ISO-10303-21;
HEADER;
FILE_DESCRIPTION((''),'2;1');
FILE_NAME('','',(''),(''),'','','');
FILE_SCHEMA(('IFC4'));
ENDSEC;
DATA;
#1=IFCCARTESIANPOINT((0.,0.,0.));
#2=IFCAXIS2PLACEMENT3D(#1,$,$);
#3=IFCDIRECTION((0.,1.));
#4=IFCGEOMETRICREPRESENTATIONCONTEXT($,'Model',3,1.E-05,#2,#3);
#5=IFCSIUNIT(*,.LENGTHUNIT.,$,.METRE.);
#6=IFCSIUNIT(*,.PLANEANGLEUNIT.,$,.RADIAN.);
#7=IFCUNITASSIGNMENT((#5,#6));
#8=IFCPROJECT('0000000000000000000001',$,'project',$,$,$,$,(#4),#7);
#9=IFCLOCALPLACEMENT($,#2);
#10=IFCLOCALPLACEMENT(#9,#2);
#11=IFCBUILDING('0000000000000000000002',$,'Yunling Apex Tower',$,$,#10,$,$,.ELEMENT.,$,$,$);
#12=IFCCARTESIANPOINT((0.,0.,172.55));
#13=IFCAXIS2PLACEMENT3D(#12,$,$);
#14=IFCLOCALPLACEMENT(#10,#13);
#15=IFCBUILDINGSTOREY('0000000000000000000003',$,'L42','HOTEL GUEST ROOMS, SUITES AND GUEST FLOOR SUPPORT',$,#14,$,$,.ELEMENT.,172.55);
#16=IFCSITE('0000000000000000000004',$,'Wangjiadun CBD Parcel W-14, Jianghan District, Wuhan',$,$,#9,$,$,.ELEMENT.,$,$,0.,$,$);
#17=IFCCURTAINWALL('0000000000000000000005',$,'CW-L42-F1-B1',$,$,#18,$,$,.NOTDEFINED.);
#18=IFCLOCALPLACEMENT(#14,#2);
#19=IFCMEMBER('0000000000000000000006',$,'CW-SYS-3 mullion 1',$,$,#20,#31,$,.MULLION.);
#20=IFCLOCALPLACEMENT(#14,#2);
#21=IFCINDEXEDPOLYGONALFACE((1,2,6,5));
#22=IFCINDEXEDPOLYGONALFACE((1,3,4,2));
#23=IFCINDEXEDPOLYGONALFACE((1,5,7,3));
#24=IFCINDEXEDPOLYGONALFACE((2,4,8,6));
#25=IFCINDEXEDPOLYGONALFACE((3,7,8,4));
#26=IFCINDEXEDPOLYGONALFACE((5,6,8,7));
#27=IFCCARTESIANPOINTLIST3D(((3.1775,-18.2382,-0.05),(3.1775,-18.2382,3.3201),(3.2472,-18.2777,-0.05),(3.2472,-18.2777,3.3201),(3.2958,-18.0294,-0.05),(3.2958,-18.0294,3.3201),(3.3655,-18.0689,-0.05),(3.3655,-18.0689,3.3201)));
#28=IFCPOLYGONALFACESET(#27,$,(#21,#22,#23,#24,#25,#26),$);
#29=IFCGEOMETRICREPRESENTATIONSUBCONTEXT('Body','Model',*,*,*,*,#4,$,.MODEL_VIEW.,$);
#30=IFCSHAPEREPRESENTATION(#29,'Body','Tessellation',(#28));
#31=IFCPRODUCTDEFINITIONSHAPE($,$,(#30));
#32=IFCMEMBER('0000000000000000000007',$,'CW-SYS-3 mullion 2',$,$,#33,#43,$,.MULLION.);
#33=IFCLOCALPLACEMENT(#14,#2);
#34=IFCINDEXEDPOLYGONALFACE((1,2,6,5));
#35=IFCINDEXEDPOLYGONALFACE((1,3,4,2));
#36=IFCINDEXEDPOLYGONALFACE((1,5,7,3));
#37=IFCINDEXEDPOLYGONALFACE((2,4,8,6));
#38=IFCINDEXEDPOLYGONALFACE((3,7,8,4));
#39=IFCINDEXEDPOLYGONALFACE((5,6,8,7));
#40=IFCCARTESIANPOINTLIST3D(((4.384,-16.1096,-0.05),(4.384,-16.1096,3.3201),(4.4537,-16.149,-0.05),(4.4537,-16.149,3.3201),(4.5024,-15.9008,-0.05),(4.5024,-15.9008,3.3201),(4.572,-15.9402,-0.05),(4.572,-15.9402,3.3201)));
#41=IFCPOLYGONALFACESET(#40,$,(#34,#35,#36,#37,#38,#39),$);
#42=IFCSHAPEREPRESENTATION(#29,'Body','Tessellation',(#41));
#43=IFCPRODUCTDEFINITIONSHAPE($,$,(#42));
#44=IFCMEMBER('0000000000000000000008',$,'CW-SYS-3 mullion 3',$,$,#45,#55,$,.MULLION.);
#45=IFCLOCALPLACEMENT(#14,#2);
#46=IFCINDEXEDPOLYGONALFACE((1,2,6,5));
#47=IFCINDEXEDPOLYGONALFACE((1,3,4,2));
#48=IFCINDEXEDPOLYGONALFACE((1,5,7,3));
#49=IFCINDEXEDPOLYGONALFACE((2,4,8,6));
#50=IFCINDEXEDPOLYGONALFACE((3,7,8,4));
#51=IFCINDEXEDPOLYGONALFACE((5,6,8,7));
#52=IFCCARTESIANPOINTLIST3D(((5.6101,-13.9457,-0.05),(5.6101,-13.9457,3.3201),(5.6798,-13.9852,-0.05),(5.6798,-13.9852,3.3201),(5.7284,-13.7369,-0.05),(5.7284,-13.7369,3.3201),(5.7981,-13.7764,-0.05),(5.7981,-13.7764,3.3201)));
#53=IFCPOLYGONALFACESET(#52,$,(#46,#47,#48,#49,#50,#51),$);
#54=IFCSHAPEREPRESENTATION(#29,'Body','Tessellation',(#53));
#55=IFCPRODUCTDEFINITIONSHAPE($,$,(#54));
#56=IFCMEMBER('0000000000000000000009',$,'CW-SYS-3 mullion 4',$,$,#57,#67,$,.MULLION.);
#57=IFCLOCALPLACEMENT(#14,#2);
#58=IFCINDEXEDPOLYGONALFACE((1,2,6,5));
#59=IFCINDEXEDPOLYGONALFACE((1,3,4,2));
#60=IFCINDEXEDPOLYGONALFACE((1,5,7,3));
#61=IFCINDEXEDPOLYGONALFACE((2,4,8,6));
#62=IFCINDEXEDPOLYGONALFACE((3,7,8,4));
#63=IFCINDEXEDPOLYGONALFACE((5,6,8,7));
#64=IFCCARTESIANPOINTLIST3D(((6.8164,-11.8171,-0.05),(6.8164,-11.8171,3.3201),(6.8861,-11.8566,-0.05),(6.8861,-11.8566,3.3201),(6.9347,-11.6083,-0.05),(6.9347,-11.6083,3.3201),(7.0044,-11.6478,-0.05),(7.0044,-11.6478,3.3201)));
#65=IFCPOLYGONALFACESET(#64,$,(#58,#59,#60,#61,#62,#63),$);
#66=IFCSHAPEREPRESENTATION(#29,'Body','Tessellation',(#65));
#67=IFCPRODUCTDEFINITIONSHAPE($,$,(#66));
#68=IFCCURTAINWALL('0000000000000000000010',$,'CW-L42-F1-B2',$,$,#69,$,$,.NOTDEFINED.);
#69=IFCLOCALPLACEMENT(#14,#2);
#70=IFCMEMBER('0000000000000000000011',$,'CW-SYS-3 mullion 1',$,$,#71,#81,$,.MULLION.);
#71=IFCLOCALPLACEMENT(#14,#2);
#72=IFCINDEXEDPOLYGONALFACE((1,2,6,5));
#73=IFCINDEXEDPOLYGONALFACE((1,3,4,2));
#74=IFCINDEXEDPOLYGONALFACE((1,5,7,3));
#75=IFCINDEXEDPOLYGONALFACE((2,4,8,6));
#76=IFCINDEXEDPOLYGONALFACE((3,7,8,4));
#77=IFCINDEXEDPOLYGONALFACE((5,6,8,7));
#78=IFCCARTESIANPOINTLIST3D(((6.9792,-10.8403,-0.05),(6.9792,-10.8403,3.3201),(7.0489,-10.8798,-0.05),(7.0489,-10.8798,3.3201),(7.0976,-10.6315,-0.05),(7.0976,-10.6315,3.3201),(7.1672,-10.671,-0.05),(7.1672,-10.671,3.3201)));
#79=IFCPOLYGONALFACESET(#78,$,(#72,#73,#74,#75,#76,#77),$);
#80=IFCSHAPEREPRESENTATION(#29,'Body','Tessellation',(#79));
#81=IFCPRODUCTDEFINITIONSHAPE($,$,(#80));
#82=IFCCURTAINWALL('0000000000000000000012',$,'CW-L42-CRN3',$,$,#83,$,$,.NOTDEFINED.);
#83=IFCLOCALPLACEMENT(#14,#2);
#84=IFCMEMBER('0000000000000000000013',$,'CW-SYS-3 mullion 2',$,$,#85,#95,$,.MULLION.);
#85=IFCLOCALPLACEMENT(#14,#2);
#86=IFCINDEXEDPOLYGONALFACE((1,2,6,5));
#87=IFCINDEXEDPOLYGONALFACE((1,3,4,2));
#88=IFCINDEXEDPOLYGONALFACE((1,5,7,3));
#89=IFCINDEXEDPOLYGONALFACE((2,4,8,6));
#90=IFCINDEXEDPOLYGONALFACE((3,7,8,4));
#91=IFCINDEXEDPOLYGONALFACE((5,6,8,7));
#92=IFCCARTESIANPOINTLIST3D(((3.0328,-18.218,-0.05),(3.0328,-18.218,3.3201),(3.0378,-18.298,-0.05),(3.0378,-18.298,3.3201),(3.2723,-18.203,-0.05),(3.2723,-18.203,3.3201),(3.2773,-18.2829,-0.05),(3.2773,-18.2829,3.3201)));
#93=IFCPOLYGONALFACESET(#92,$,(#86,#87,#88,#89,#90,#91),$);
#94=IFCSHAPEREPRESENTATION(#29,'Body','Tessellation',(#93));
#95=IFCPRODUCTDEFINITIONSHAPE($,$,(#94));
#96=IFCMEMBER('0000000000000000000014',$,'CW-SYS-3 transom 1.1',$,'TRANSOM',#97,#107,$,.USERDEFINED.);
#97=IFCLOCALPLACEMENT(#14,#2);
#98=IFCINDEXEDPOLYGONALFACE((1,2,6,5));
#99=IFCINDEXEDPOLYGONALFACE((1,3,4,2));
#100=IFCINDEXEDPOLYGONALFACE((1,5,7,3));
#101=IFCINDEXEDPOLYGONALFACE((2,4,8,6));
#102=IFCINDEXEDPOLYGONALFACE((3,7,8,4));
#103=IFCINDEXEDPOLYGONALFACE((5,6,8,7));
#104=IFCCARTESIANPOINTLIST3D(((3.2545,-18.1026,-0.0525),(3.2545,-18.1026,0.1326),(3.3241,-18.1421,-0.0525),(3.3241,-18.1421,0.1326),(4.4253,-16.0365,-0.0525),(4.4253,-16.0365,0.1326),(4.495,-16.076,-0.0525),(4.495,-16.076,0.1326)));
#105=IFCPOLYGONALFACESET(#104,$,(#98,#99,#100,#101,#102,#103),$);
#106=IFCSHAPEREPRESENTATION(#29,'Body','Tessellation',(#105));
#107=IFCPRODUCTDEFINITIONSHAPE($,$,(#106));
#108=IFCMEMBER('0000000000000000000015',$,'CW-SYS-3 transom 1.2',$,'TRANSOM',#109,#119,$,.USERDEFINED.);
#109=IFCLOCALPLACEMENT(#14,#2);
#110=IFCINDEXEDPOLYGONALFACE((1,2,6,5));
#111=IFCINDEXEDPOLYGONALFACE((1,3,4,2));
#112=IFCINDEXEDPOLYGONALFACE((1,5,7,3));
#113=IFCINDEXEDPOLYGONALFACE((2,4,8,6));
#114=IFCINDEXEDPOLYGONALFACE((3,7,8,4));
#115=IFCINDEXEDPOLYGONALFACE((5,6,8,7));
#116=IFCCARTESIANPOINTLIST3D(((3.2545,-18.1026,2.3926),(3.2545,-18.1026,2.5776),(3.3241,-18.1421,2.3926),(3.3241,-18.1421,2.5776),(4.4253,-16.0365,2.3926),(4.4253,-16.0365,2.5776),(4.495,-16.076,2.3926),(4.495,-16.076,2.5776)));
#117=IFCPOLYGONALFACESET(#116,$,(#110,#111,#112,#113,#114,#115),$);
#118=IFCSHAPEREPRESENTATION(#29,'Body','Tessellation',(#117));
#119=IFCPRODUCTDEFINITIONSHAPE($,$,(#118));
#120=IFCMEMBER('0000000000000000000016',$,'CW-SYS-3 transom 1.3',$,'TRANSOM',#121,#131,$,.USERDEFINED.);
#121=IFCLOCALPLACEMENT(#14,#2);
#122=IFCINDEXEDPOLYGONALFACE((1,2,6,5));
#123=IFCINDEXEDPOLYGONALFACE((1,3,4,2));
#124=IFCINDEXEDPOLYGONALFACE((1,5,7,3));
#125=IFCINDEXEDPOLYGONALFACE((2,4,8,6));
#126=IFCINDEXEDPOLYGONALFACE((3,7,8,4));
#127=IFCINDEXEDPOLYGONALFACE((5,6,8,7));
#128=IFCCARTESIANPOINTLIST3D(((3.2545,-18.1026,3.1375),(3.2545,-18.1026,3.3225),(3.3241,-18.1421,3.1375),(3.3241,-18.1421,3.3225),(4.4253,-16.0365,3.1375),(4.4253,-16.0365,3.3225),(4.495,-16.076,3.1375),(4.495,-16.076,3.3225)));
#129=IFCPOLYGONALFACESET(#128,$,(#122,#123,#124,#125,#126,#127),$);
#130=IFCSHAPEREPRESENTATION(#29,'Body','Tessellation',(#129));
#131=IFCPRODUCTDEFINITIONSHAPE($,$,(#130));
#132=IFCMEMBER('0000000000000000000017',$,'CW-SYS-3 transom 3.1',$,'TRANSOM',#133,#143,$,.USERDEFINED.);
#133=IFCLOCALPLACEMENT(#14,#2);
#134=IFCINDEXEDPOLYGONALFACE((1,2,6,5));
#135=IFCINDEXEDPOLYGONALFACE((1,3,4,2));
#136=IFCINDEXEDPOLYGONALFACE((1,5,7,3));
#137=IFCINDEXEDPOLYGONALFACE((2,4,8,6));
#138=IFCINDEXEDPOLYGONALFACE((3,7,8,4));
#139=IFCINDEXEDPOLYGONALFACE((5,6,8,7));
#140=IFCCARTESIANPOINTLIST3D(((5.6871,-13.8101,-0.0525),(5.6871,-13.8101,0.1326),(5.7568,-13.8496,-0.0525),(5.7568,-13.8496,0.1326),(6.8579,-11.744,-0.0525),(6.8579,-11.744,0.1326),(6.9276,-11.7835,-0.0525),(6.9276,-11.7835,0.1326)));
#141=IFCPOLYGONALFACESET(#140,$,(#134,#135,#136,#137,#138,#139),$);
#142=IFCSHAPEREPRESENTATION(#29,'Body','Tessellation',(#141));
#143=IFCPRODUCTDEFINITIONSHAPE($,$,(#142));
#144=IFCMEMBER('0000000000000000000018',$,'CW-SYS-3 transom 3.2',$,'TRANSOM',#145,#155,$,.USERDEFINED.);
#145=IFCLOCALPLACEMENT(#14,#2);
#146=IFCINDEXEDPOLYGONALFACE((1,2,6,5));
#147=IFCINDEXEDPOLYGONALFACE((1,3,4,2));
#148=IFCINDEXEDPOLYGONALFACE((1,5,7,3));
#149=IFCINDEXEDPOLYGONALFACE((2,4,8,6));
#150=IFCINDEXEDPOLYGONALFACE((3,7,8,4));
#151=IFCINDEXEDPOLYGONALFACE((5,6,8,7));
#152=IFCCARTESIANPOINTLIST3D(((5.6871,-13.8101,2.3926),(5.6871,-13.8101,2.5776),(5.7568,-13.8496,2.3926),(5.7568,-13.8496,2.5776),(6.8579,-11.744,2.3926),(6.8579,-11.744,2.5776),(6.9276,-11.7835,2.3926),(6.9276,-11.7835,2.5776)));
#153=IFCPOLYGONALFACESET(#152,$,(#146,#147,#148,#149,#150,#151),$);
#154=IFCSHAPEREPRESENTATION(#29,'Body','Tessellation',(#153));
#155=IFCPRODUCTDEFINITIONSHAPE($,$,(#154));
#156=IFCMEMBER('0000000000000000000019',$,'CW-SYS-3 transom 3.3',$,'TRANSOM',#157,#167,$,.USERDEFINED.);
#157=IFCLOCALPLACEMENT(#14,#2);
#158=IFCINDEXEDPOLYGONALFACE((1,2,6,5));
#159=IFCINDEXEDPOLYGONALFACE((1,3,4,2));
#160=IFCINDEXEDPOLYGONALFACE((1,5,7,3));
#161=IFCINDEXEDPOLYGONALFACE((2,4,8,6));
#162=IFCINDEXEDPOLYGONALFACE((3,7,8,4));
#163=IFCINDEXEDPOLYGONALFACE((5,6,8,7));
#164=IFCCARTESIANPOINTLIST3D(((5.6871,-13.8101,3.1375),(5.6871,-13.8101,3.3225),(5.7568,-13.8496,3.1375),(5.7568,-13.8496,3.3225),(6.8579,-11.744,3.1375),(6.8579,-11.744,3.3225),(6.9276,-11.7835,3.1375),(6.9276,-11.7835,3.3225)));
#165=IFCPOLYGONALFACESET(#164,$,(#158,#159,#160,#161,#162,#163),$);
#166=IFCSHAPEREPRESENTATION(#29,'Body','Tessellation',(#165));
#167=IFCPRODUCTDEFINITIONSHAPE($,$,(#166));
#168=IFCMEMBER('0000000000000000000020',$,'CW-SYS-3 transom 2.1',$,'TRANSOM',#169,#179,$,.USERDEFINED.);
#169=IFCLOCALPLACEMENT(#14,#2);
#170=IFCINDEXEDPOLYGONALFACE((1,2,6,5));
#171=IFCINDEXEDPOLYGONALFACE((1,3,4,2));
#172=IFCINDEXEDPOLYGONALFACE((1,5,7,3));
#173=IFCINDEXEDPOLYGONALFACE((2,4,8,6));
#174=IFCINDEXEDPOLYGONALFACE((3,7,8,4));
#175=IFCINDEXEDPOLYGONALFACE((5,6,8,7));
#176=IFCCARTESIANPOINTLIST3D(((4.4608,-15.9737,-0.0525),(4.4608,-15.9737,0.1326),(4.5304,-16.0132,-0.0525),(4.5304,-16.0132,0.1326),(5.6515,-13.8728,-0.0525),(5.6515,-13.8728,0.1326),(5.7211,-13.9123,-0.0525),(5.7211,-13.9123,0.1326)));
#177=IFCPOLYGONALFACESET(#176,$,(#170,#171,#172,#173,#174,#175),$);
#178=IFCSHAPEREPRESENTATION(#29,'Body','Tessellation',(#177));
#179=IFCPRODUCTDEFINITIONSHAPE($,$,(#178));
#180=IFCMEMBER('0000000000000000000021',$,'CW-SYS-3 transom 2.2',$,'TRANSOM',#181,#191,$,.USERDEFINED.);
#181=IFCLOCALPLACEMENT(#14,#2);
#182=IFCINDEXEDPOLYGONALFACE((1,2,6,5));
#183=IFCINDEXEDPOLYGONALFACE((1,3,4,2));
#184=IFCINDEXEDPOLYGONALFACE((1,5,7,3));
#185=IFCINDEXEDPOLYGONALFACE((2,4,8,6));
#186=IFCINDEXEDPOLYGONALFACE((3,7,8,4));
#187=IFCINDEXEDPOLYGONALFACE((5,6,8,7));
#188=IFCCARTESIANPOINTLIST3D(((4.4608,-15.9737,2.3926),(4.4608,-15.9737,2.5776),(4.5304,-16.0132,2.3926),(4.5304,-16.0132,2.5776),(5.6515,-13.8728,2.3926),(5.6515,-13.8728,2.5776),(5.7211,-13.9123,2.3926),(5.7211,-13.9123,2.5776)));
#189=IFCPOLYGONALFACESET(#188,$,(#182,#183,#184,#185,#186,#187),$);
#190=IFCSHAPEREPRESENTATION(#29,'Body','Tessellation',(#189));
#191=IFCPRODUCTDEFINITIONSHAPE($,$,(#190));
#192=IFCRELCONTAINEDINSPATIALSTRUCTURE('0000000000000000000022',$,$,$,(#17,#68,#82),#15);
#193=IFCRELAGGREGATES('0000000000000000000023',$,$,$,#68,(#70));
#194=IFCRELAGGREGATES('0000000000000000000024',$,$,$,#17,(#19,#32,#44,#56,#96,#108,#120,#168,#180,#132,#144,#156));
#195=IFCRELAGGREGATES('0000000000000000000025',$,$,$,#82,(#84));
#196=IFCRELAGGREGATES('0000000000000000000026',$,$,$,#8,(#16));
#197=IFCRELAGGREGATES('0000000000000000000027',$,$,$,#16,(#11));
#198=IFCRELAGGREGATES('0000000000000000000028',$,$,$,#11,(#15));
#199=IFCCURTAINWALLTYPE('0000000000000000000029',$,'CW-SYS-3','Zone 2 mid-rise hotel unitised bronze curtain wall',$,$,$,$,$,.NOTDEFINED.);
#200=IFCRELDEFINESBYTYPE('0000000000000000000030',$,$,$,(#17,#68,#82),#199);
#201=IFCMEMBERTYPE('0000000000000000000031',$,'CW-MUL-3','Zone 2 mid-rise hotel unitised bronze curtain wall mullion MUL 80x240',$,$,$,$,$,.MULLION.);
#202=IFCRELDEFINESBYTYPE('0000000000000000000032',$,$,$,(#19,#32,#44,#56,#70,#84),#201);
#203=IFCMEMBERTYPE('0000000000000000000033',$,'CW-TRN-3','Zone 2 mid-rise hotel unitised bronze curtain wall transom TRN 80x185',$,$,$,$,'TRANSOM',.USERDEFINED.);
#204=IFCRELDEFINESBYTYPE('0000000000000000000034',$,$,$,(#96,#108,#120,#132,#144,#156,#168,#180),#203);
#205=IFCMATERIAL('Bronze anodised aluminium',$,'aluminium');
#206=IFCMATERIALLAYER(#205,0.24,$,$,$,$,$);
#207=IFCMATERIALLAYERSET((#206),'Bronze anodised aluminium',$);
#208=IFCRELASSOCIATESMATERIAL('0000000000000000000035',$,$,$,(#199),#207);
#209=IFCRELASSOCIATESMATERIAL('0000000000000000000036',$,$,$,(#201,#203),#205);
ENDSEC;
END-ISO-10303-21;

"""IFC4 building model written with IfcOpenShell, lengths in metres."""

from ifc_helpers import new_model, si_unit, direction, frame, origin, origin_2d, place, context, subcontext, project, spatial, rectangle, extrude, source, transform, mapped, material, layer, layer_set, material_profile, profile_set, type_object, element, aggregate, save


model = new_model("IFC4")

# Units and contexts
model_context = context("Model", 3, precision=1e-05, world=origin(), true_north=direction((0.0, 1.0)))
body_context = subcontext(model_context, "Body", "Model", "MODEL_VIEW")
ifc_project = project(units=[si_unit("LENGTHUNIT", "METRE"), si_unit("PLANEANGLEUNIT", "RADIAN")], contexts=[model_context])

# Site, building, storey
site_placement = place(None, origin())
site = spatial("IfcSite", under=ifc_project, at=site_placement, Name="Wangjiadun CBD Parcel W-14, Jianghan District, Wuhan", CompositionType="ELEMENT", RefElevation=0.0)
building_placement = place(site_placement, origin())
building = spatial("IfcBuilding", under=site, at=building_placement, Name="Yunling Apex Tower", CompositionType="ELEMENT")
storey_placement = place(building_placement, frame((0.0, 0.0, 172.55)))
storey = spatial("IfcBuildingStorey", under=building, at=storey_placement, Name="L42", Description="HOTEL GUEST ROOMS, SUITES AND GUEST FLOOR SUPPORT", CompositionType="ELEMENT", Elevation=172.55)

# Curtain wall, members
ifc_material_1 = material(Name="Bronze anodised aluminium", Category="aluminium")
ifc_layer_1 = layer(ifc_material_1, 0.24)
ifc_layer_set_1 = layer_set([ifc_layer_1], Name="Bronze anodised aluminium")
curtain_wall_type = type_object("IfcCurtainWallType", Name="CW-SYS-3", Description="Zone 2 mid-rise hotel unitised bronze curtain wall", PredefinedType="NOTDEFINED", material=ifc_layer_set_1)
curtain_wall_1_placement = place(storey_placement, origin())
curtain_wall_1 = element("IfcCurtainWall", 1, at=curtain_wall_1_placement, inside=storey, type_object=curtain_wall_type, Name="CW-L42-F1-B1", PredefinedType="NOTDEFINED")
ifc_material_profile_1 = material_profile(ifc_material_1, rectangle(XDim=0.0801, YDim=0.24, at=origin_2d()))
ifc_profile_set_1 = profile_set([ifc_material_profile_1], Name="Bronze anodised aluminium")
member_type_1 = type_object("IfcMemberType", Name="CW-MUL-3", Description="Zone 2 mid-rise hotel unitised bronze curtain wall mullion MUL 80x240", PredefinedType="MULLION", material=ifc_profile_set_1)
shared_shape_1 = source(origin(), body_context, "Body", "SweptSolid", [
    extrude(rectangle(XDim=0.0801, YDim=0.24, at=origin_2d()), origin(), (0.0, 0.0, 1.0), 3.3701),
])
member_1_placement = place(storey_placement, frame((3.2715, -18.1536, -0.05), z_axis=(0.0, 0.0, 1.0), x_axis=(-0.870006, 0.493041, 0.0)))
member_1 = element("IfcMember", 2, at=member_1_placement, type_object=member_type_1, Name="CW-SYS-3 mullion 1", PredefinedType="MULLION", context=body_context, shape_type="MappedRepresentation", body=[
    mapped(shared_shape_1, transform((0.0, 0.0, 0.0), scale=1.0)),
])
member_2_placement = place(storey_placement, frame((4.478, -16.0249, -0.05), z_axis=(0.0, 0.0, 1.0), x_axis=(-0.870006, 0.493041, 0.0)))
member_2 = element("IfcMember", 3, at=member_2_placement, type_object=member_type_1, Name="CW-SYS-3 mullion 2", PredefinedType="MULLION", context=body_context, shape_type="MappedRepresentation", body=[
    mapped(shared_shape_1, transform((0.0, 0.0, 0.0), scale=1.0)),
])
member_3_placement = place(storey_placement, frame((5.7041, -13.8611, -0.05), z_axis=(0.0, 0.0, 1.0), x_axis=(-0.870006, 0.493041, 0.0)))
member_3 = element("IfcMember", 4, at=member_3_placement, type_object=member_type_1, Name="CW-SYS-3 mullion 3", PredefinedType="MULLION", context=body_context, shape_type="MappedRepresentation", body=[
    mapped(shared_shape_1, transform((0.0, 0.0, 0.0), scale=1.0)),
])
member_4_placement = place(storey_placement, frame((6.9104, -11.7324, -0.05), z_axis=(0.0, 0.0, 1.0), x_axis=(-0.870006, 0.493041, 0.0)))
member_4 = element("IfcMember", 5, at=member_4_placement, type_object=member_type_1, Name="CW-SYS-3 mullion 4", PredefinedType="MULLION", context=body_context, shape_type="MappedRepresentation", body=[
    mapped(shared_shape_1, transform((0.0, 0.0, 0.0), scale=1.0)),
])

# Curtain walls, members
curtain_wall_2_placement = place(storey_placement, origin())
curtain_wall_2 = element("IfcCurtainWall", 6, at=curtain_wall_2_placement, inside=storey, type_object=curtain_wall_type, Name="CW-L42-F1-B2", PredefinedType="NOTDEFINED")
member_5_placement = place(storey_placement, frame((7.0732, -10.7556, -0.05), z_axis=(0.0, 0.0, 1.0), x_axis=(-0.870003, 0.493047, 0.0)))
member_5 = element("IfcMember", 7, at=member_5_placement, type_object=member_type_1, Name="CW-SYS-3 mullion 1", PredefinedType="MULLION", context=body_context, shape_type="MappedRepresentation", body=[
    mapped(shared_shape_1, transform((0.0, 0.0, 0.0), scale=1.0)),
])
curtain_wall_3_placement = place(storey_placement, origin())
curtain_wall_3 = element("IfcCurtainWall", 8, at=curtain_wall_3_placement, inside=storey, type_object=curtain_wall_type, Name="CW-L42-CRN3", PredefinedType="NOTDEFINED")
member_6_placement = place(storey_placement, frame((3.155, -18.2505, -0.05), z_axis=(0.0, 0.0, 1.0), x_axis=(-0.062672, 0.998034, 0.0)))
member_6 = element("IfcMember", 9, at=member_6_placement, type_object=member_type_1, Name="CW-SYS-3 mullion 2", PredefinedType="MULLION", context=body_context, shape_type="MappedRepresentation", body=[
    mapped(shared_shape_1, transform((0.0, 0.0, 0.0), scale=1.0)),
])

# Members
ifc_material_profile_2 = material_profile(ifc_material_1, rectangle(XDim=0.0801, YDim=0.1851, at=origin_2d()))
ifc_profile_set_2 = profile_set([ifc_material_profile_2], Name="Bronze anodised aluminium")
member_type_2 = type_object("IfcMemberType", Name="CW-TRN-3", Description="Zone 2 mid-rise hotel unitised bronze curtain wall transom TRN 80x185", ElementType="TRANSOM", PredefinedType="USERDEFINED", material=ifc_profile_set_2)
shared_shape_2 = source(origin(), body_context, "Body", "SweptSolid", [
    extrude(rectangle(XDim=0.0801, YDim=0.1851, at=origin_2d()), origin(), (0.0, 0.0, 1.0), 2.3748),
])
member_7_placement = place(storey_placement, frame((3.2893, -18.1223, 0.04), z_axis=(0.493036, 0.870009, 0.0), x_axis=(-0.870009, 0.493036, 0.0)))
member_7 = element("IfcMember", 10, at=member_7_placement, type_object=member_type_2, Name="CW-SYS-3 transom 1.1", ObjectType="TRANSOM", PredefinedType="USERDEFINED", context=body_context, shape_type="MappedRepresentation", body=[
    mapped(shared_shape_2, transform((0.0, 0.0, 0.0), scale=1.0)),
])
member_8_placement = place(storey_placement, frame((3.2893, -18.1223, 2.4851), z_axis=(0.493036, 0.870009, 0.0), x_axis=(-0.870009, 0.493036, 0.0)))
member_8 = element("IfcMember", 11, at=member_8_placement, type_object=member_type_2, Name="CW-SYS-3 transom 1.2", ObjectType="TRANSOM", PredefinedType="USERDEFINED", context=body_context, shape_type="MappedRepresentation", body=[
    mapped(shared_shape_2, transform((0.0, 0.0, 0.0), scale=1.0)),
])
member_9_placement = place(storey_placement, frame((3.2893, -18.1223, 3.23), z_axis=(0.493036, 0.870009, 0.0), x_axis=(-0.870009, 0.493036, 0.0)))
member_9 = element("IfcMember", 12, at=member_9_placement, type_object=member_type_2, Name="CW-SYS-3 transom 1.3", ObjectType="TRANSOM", PredefinedType="USERDEFINED", context=body_context, shape_type="MappedRepresentation", body=[
    mapped(shared_shape_2, transform((0.0, 0.0, 0.0), scale=1.0)),
])
member_10_placement = place(storey_placement, frame((5.7219, -13.8298, 0.04), z_axis=(0.493036, 0.870009, 0.0), x_axis=(-0.870009, 0.493036, 0.0)))
member_10 = element("IfcMember", 13, at=member_10_placement, type_object=member_type_2, Name="CW-SYS-3 transom 3.1", ObjectType="TRANSOM", PredefinedType="USERDEFINED", context=body_context, shape_type="MappedRepresentation", body=[
    mapped(shared_shape_2, transform((0.0, 0.0, 0.0), scale=1.0)),
])
member_11_placement = place(storey_placement, frame((5.7219, -13.8298, 2.4851), z_axis=(0.493036, 0.870009, 0.0), x_axis=(-0.870009, 0.493036, 0.0)))
member_11 = element("IfcMember", 14, at=member_11_placement, type_object=member_type_2, Name="CW-SYS-3 transom 3.2", ObjectType="TRANSOM", PredefinedType="USERDEFINED", context=body_context, shape_type="MappedRepresentation", body=[
    mapped(shared_shape_2, transform((0.0, 0.0, 0.0), scale=1.0)),
])
member_12_placement = place(storey_placement, frame((5.7219, -13.8298, 3.23), z_axis=(0.493036, 0.870009, 0.0), x_axis=(-0.870009, 0.493036, 0.0)))
member_12 = element("IfcMember", 15, at=member_12_placement, type_object=member_type_2, Name="CW-SYS-3 transom 3.3", ObjectType="TRANSOM", PredefinedType="USERDEFINED", context=body_context, shape_type="MappedRepresentation", body=[
    mapped(shared_shape_2, transform((0.0, 0.0, 0.0), scale=1.0)),
])
shared_shape_3 = source(origin(), body_context, "Body", "SweptSolid", [
    extrude(rectangle(XDim=0.0801, YDim=0.1851, at=origin_2d()), origin(), (0.0, 0.0, 1.0), 2.4148),
])
member_13_placement = place(storey_placement, frame((4.4956, -15.9934, 0.04), z_axis=(0.493076, 0.869986, 0.0), x_axis=(-0.869986, 0.493076, 0.0)))
member_13 = element("IfcMember", 16, at=member_13_placement, type_object=member_type_2, Name="CW-SYS-3 transom 2.1", ObjectType="TRANSOM", PredefinedType="USERDEFINED", context=body_context, shape_type="MappedRepresentation", body=[
    mapped(shared_shape_3, transform((0.0, 0.0, 0.0), scale=1.0)),
])
member_14_placement = place(storey_placement, frame((4.4956, -15.9934, 2.4851), z_axis=(0.493076, 0.869986, 0.0), x_axis=(-0.869986, 0.493076, 0.0)))
member_14 = element("IfcMember", 17, at=member_14_placement, type_object=member_type_2, Name="CW-SYS-3 transom 2.2", ObjectType="TRANSOM", PredefinedType="USERDEFINED", context=body_context, shape_type="MappedRepresentation", body=[
    mapped(shared_shape_3, transform((0.0, 0.0, 0.0), scale=1.0)),
])
aggregate(curtain_wall_2, [member_5])

aggregate(curtain_wall_1, [member_1, member_2, member_3, member_4, member_7, member_8, member_9, member_13, member_14, member_10, member_11, member_12])
aggregate(curtain_wall_3, [member_6])

save(model, "model.ifc")
